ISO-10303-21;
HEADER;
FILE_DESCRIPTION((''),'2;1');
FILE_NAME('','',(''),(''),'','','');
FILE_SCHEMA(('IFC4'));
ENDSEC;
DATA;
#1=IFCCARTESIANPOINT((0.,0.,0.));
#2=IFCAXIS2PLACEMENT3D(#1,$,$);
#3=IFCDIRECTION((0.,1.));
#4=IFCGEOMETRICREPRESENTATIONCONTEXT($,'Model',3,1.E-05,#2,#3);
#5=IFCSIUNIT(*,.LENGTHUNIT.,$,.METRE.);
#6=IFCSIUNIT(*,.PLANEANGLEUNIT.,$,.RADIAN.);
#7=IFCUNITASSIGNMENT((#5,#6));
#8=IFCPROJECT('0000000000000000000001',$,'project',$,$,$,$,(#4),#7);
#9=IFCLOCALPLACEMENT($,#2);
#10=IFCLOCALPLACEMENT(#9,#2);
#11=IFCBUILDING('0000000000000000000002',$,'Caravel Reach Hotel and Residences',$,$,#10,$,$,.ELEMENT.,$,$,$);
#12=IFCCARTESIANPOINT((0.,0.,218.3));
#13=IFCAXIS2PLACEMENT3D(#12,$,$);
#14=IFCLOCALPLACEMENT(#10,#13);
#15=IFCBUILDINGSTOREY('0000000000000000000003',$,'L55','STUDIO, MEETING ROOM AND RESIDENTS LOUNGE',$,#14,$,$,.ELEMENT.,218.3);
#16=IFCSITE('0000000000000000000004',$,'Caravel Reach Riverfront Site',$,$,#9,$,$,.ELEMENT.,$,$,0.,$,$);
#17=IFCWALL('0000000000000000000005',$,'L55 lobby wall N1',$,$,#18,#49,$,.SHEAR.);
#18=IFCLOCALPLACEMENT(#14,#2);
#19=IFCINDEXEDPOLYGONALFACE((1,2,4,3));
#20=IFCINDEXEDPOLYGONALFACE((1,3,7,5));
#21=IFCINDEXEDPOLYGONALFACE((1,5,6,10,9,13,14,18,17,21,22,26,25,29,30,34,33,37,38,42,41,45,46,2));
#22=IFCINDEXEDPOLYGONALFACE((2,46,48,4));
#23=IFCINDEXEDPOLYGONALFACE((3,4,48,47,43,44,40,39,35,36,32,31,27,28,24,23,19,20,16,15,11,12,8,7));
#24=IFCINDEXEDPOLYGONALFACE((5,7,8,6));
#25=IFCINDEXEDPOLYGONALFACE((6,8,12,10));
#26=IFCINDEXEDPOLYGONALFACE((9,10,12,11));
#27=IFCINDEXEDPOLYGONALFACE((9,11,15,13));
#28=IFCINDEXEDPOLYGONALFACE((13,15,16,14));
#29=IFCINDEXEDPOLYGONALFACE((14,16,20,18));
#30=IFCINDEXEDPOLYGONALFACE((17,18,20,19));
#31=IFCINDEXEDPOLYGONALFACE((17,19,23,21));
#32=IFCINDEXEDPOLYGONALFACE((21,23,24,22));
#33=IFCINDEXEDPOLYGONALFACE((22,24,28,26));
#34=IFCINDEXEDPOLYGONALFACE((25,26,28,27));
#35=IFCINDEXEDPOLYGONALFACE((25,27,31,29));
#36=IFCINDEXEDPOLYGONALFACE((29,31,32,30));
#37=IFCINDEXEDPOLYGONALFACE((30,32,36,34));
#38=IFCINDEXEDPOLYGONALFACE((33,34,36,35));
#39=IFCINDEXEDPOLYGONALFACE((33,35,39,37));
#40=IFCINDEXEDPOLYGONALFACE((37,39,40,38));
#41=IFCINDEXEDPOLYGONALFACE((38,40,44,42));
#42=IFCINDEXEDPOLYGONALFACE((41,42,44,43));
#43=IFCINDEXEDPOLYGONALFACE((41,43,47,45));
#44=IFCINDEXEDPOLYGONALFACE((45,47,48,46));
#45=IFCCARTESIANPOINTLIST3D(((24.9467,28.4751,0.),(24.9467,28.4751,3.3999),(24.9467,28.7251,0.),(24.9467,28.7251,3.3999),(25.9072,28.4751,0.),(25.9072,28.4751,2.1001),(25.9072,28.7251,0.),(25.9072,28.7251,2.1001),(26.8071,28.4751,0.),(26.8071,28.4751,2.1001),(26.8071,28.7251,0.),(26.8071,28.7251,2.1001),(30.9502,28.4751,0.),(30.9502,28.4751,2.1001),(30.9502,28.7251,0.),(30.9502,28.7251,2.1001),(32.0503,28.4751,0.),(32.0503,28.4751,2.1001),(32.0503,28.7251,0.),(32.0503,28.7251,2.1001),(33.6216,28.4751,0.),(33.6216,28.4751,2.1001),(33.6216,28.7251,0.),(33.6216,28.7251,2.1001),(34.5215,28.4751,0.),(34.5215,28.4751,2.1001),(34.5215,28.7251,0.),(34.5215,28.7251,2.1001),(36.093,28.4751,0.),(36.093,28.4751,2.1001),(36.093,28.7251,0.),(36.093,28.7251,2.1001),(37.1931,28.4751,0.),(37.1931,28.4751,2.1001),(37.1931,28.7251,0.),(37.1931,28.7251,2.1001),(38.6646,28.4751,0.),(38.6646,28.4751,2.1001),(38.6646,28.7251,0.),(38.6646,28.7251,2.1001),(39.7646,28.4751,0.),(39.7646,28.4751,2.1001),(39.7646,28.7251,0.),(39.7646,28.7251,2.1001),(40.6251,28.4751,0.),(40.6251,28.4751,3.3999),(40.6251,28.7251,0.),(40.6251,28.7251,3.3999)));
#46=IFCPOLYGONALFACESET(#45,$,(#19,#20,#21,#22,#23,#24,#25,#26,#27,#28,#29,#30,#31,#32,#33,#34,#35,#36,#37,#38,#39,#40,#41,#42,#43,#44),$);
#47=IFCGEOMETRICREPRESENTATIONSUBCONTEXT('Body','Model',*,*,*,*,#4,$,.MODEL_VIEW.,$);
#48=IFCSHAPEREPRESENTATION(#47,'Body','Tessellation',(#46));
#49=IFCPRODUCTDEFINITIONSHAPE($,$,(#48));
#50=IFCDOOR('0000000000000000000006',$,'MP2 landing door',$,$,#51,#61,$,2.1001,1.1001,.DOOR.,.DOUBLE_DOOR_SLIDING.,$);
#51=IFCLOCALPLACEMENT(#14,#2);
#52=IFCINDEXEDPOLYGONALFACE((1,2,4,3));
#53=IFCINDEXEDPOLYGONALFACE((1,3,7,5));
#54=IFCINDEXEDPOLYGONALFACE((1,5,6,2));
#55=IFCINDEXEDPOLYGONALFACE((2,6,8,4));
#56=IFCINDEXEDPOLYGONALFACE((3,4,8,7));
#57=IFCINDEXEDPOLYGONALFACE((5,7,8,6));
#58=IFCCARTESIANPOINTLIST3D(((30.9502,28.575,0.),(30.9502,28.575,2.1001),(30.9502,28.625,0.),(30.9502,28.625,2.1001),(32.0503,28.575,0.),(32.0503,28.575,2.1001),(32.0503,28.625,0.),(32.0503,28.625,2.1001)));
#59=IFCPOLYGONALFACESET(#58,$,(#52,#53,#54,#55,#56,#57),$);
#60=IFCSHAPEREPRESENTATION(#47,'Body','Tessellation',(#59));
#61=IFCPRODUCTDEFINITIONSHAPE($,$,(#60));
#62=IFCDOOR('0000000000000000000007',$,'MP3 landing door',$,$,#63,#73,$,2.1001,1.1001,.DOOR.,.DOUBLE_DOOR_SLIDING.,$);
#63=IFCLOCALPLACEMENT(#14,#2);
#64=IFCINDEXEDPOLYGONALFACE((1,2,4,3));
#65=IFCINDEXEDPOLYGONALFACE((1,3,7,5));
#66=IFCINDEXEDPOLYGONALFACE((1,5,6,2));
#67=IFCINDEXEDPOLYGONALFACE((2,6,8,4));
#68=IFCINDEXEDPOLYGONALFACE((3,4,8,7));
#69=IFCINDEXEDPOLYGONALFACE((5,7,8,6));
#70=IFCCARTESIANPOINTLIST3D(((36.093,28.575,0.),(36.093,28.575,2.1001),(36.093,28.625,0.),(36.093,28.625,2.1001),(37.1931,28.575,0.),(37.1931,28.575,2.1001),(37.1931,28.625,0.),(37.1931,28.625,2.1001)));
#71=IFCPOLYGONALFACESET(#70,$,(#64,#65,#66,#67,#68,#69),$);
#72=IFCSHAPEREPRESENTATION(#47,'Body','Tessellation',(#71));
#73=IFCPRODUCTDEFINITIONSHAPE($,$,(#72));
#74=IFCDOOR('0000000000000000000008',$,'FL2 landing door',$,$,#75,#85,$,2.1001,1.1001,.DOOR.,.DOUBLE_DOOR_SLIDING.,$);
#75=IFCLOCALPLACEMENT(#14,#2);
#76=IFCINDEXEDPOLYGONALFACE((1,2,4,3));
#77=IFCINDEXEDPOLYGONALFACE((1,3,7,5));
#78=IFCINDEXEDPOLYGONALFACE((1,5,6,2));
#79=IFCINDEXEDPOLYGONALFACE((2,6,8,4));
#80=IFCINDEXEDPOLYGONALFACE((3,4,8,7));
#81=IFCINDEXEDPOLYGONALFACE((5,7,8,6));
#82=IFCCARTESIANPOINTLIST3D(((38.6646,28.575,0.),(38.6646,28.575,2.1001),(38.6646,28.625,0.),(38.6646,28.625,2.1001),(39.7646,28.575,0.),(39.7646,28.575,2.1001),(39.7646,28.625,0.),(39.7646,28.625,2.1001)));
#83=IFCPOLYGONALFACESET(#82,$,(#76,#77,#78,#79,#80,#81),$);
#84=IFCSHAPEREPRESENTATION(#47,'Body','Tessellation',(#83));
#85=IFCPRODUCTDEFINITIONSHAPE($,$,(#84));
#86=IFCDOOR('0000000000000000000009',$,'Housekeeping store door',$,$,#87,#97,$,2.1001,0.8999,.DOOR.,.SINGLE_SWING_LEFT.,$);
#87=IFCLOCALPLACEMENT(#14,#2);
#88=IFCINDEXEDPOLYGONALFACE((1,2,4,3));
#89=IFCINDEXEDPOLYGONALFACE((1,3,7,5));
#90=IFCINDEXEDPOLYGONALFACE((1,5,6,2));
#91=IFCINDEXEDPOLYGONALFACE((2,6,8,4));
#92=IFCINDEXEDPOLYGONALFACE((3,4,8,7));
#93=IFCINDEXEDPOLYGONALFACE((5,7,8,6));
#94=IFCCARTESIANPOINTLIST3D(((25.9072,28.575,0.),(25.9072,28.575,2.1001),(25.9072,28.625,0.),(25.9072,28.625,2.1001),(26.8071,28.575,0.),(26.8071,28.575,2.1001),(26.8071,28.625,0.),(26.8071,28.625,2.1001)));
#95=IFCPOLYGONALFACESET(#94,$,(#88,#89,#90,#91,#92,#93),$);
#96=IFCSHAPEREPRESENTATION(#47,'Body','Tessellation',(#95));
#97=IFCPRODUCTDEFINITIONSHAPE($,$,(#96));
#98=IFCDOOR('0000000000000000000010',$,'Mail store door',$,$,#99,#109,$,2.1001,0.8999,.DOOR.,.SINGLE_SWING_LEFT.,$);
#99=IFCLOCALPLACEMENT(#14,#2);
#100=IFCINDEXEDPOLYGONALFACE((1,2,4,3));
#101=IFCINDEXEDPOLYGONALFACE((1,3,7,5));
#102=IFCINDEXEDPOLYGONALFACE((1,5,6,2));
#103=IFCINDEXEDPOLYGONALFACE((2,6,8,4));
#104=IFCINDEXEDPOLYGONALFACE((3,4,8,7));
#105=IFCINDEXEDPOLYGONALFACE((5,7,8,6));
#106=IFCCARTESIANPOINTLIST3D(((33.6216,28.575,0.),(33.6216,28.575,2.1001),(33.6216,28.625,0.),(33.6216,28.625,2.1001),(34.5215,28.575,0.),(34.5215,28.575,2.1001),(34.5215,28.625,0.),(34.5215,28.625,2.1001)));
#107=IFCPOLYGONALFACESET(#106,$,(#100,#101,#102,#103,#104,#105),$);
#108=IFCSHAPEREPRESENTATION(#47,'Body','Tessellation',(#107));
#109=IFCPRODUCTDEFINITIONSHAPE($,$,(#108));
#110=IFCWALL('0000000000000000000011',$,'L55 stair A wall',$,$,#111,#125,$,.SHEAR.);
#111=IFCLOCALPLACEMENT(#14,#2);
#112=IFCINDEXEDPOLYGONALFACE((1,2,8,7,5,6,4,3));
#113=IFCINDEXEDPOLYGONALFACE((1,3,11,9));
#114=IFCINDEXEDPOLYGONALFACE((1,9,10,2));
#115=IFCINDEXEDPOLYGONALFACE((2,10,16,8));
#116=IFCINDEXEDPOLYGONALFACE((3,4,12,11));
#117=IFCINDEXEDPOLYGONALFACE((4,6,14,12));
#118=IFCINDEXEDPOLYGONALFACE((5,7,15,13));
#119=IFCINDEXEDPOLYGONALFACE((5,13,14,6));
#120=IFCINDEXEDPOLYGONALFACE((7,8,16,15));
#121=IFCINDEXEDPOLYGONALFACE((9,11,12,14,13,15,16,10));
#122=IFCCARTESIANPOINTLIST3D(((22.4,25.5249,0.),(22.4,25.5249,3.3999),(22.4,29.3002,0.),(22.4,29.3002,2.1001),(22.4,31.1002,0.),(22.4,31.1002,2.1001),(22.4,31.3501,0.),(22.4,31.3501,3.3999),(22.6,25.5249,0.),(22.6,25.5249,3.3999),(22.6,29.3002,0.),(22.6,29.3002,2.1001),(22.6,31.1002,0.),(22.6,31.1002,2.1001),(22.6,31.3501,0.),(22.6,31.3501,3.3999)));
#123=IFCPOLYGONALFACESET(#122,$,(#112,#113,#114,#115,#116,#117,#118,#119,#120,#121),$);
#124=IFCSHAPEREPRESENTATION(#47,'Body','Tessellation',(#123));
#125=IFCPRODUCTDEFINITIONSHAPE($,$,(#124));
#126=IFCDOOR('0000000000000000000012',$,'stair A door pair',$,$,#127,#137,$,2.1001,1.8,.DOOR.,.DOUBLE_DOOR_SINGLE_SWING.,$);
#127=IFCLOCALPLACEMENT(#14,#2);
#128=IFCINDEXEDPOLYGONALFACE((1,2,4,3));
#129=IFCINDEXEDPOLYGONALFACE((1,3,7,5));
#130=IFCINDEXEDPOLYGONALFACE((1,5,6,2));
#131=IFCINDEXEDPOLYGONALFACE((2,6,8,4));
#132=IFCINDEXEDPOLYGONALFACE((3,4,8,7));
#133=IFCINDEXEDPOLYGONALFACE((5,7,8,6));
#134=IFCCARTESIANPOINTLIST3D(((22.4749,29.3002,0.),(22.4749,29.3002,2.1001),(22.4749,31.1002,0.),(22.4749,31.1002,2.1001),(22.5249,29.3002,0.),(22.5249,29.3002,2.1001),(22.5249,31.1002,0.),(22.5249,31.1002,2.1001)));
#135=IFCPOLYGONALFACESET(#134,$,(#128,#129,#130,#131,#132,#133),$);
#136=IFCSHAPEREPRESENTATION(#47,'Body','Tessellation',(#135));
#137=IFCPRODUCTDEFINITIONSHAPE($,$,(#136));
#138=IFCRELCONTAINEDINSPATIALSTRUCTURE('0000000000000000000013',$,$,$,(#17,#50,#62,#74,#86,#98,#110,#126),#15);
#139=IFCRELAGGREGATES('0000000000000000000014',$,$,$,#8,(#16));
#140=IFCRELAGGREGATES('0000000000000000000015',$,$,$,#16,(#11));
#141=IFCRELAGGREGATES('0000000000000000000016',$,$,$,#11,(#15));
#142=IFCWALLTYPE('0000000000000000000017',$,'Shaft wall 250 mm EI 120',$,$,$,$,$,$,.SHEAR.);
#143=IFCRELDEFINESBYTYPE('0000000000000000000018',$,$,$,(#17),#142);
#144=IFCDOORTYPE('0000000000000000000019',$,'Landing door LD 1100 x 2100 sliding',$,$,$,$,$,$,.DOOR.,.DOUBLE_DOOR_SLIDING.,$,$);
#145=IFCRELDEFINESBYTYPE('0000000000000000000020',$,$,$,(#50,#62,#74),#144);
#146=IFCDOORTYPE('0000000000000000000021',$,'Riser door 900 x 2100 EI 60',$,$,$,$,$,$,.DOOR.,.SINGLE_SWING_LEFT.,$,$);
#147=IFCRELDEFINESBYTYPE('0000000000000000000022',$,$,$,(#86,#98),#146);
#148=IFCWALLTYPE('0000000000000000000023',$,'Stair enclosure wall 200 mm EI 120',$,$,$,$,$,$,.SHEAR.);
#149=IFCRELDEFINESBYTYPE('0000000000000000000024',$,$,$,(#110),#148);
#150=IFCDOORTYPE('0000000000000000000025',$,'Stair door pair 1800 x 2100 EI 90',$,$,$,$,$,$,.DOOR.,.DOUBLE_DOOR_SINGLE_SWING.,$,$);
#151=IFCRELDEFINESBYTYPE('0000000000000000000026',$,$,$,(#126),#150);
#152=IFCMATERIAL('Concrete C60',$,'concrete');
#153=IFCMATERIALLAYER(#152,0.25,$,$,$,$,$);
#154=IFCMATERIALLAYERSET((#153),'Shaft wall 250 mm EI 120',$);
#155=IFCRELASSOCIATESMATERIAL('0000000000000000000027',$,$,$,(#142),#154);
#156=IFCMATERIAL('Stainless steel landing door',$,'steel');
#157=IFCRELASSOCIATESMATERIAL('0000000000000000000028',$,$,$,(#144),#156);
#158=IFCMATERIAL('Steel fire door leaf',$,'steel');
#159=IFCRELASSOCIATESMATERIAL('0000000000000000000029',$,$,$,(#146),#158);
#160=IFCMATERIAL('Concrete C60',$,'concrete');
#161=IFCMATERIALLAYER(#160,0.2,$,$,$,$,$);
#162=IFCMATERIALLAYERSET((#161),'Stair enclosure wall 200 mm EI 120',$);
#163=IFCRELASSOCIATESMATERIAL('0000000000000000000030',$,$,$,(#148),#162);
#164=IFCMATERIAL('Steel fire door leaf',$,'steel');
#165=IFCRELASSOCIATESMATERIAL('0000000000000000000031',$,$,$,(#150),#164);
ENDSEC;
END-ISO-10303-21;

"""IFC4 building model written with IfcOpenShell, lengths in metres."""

from ifc_helpers import new_model, si_unit, direction, frame, frame_2d, origin, place, context, subcontext, project, spatial, rectangle, extrude, material, layer, layer_set, type_object, element, fill, save


model = new_model("IFC4")

# Units and contexts
model_context = context("Model", 3, precision=1e-05, world=origin(), true_north=direction((0.0, 1.0)))
body_context = subcontext(model_context, "Body", "Model", "MODEL_VIEW")
ifc_project = project(units=[si_unit("LENGTHUNIT", "METRE"), si_unit("PLANEANGLEUNIT", "RADIAN")], contexts=[model_context])

# Site, building, storey
site_placement = place(None, origin())
site = spatial("IfcSite", under=ifc_project, at=site_placement, Name="Caravel Reach Riverfront Site", CompositionType="ELEMENT", RefElevation=0.0)
building_placement = place(site_placement, origin())
building = spatial("IfcBuilding", under=site, at=building_placement, Name="Caravel Reach Hotel and Residences", CompositionType="ELEMENT")
storey_placement = place(building_placement, frame((0.0, 0.0, 218.3)))
storey = spatial("IfcBuildingStorey", under=building, at=storey_placement, Name="L55", Description="STUDIO, MEETING ROOM AND RESIDENTS LOUNGE", CompositionType="ELEMENT", Elevation=218.3)

# Wall, openings, doors
ifc_material_1 = material(Name="Concrete C60", Category="concrete")
ifc_layer_1 = layer(ifc_material_1, 0.25)
ifc_layer_set_1 = layer_set([ifc_layer_1], Name="Shaft wall 250 mm EI 120")
wall_type_1 = type_object("IfcWallType", Name="Shaft wall 250 mm EI 120", PredefinedType="SHEAR", material=ifc_layer_set_1)
wall_1_placement = place(storey_placement, frame((24.9465, 28.6001, 0.0), z_axis=(0.0, 0.0, 1.0), x_axis=(1.0, 0.0, 0.0)))
wall_1 = element("IfcWall", 1, at=wall_1_placement, inside=storey, type_object=wall_type_1, Name="L55 lobby wall N1", PredefinedType="SHEAR", context=body_context, shape_type="SweptSolid", body=[
    extrude(rectangle(XDim=15.6785, YDim=0.25, at=frame_2d((7.8394, 0.0))), origin(), (0.0, 0.0, 1.0), 3.3999),
])
opening_1_placement = place(wall_1_placement, frame((6.0037, 0.0, 0.0)))
opening_1 = element("IfcOpeningElement", 2, at=opening_1_placement, cuts=wall_1, PredefinedType="OPENING", context=body_context, shape_type="SweptSolid", body=[
    extrude(rectangle(XDim=1.1001, YDim=2.1001, at=frame_2d((0.55, 1.05))), frame((0.0, 0.135, 0.0), z_axis=(0.0, -1.0, 0.0), x_axis=(1.0, 0.0, 0.0)), (0.0, 0.0, 1.0), 0.27),
])
opening_2_placement = place(wall_1_placement, frame((11.1465, 0.0, 0.0)))
opening_2 = element("IfcOpeningElement", 3, at=opening_2_placement, cuts=wall_1, PredefinedType="OPENING", context=body_context, shape_type="SweptSolid", body=[
    extrude(rectangle(XDim=1.1001, YDim=2.1001, at=frame_2d((0.55, 1.05))), frame((0.0, 0.135, 0.0), z_axis=(0.0, -1.0, 0.0), x_axis=(1.0, 0.0, 0.0)), (0.0, 0.0, 1.0), 0.27),
])
opening_3_placement = place(wall_1_placement, frame((13.718, 0.0, 0.0)))
opening_3 = element("IfcOpeningElement", 4, at=opening_3_placement, cuts=wall_1, PredefinedType="OPENING", context=body_context, shape_type="SweptSolid", body=[
    extrude(rectangle(XDim=1.1001, YDim=2.1001, at=frame_2d((0.55, 1.05))), frame((0.0, 0.135, 0.0), z_axis=(0.0, -1.0, 0.0), x_axis=(1.0, 0.0, 0.0)), (0.0, 0.0, 1.0), 0.27),
])
opening_4_placement = place(wall_1_placement, frame((0.9607, 0.0, 0.0)))
opening_4 = element("IfcOpeningElement", 5, at=opening_4_placement, cuts=wall_1, PredefinedType="OPENING", context=body_context, shape_type="SweptSolid", body=[
    extrude(rectangle(XDim=0.8999, YDim=2.1001, at=frame_2d((0.45, 1.05))), frame((0.0, 0.135, 0.0), z_axis=(0.0, -1.0, 0.0), x_axis=(1.0, 0.0, 0.0)), (0.0, 0.0, 1.0), 0.27),
])
opening_5_placement = place(wall_1_placement, frame((8.675, 0.0, 0.0)))
opening_5 = element("IfcOpeningElement", 6, at=opening_5_placement, cuts=wall_1, PredefinedType="OPENING", context=body_context, shape_type="SweptSolid", body=[
    extrude(rectangle(XDim=0.8999, YDim=2.1001, at=frame_2d((0.45, 1.05))), frame((0.0, 0.135, 0.0), z_axis=(0.0, -1.0, 0.0), x_axis=(1.0, 0.0, 0.0)), (0.0, 0.0, 1.0), 0.27),
])
ifc_material_2 = material(Name="Stainless steel landing door", Category="steel")
door_type_1 = type_object("IfcDoorType", Name="Landing door LD 1100 x 2100 sliding", OperationType="DOUBLE_DOOR_SLIDING", PredefinedType="DOOR", material=ifc_material_2)
door_1_placement = place(opening_1_placement, origin())
door_1 = element("IfcDoor", 7, at=door_1_placement, inside=storey, type_object=door_type_1, Name="MP2 landing door", OperationType="DOUBLE_DOOR_SLIDING", OverallHeight=2.1001, OverallWidth=1.1001, PredefinedType="DOOR", context=body_context, shape_type="SweptSolid", body=[
    extrude(rectangle(XDim=1.1001, YDim=2.1001, at=frame_2d((0.55, 1.05))), frame((0.0, 0.0249, 0.0), z_axis=(0.0, -1.0, 0.0), x_axis=(1.0, 0.0, 0.0)), (0.0, 0.0, 1.0), 0.05),
])
fill(opening_1, door_1)
door_2_placement = place(opening_2_placement, origin())
door_2 = element("IfcDoor", 8, at=door_2_placement, inside=storey, type_object=door_type_1, Name="MP3 landing door", OperationType="DOUBLE_DOOR_SLIDING", OverallHeight=2.1001, OverallWidth=1.1001, PredefinedType="DOOR", context=body_context, shape_type="SweptSolid", body=[
    extrude(rectangle(XDim=1.1001, YDim=2.1001, at=frame_2d((0.55, 1.05))), frame((0.0, 0.0249, 0.0), z_axis=(0.0, -1.0, 0.0), x_axis=(1.0, 0.0, 0.0)), (0.0, 0.0, 1.0), 0.05),
])
fill(opening_2, door_2)
door_3_placement = place(opening_3_placement, origin())
door_3 = element("IfcDoor", 9, at=door_3_placement, inside=storey, type_object=door_type_1, Name="FL2 landing door", OperationType="DOUBLE_DOOR_SLIDING", OverallHeight=2.1001, OverallWidth=1.1001, PredefinedType="DOOR", context=body_context, shape_type="SweptSolid", body=[
    extrude(rectangle(XDim=1.1001, YDim=2.1001, at=frame_2d((0.55, 1.05))), frame((0.0, 0.0249, 0.0), z_axis=(0.0, -1.0, 0.0), x_axis=(1.0, 0.0, 0.0)), (0.0, 0.0, 1.0), 0.05),
])
fill(opening_3, door_3)
ifc_material_3 = material(Name="Steel fire door leaf", Category="steel")
door_type_2 = type_object("IfcDoorType", Name="Riser door 900 x 2100 EI 60", OperationType="SINGLE_SWING_LEFT", PredefinedType="DOOR", material=ifc_material_3)
door_4_placement = place(opening_4_placement, origin())
door_4 = element("IfcDoor", 10, at=door_4_placement, inside=storey, type_object=door_type_2, Name="Housekeeping store door", OperationType="SINGLE_SWING_LEFT", OverallHeight=2.1001, OverallWidth=0.8999, PredefinedType="DOOR", context=body_context, shape_type="SweptSolid", body=[
    extrude(rectangle(XDim=0.8999, YDim=2.1001, at=frame_2d((0.45, 1.05))), frame((0.0, 0.0249, 0.0), z_axis=(0.0, -1.0, 0.0), x_axis=(1.0, 0.0, 0.0)), (0.0, 0.0, 1.0), 0.05),
])
fill(opening_4, door_4)
door_5_placement = place(opening_5_placement, origin())
door_5 = element("IfcDoor", 11, at=door_5_placement, inside=storey, type_object=door_type_2, Name="Mail store door", OperationType="SINGLE_SWING_LEFT", OverallHeight=2.1001, OverallWidth=0.8999, PredefinedType="DOOR", context=body_context, shape_type="SweptSolid", body=[
    extrude(rectangle(XDim=0.8999, YDim=2.1001, at=frame_2d((0.45, 1.05))), frame((0.0, 0.0249, 0.0), z_axis=(0.0, -1.0, 0.0), x_axis=(1.0, 0.0, 0.0)), (0.0, 0.0, 1.0), 0.05),
])
fill(opening_5, door_5)

# Wall, opening, door
ifc_material_4 = material(Name="Concrete C60", Category="concrete")
ifc_layer_2 = layer(ifc_material_4, 0.2)
ifc_layer_set_2 = layer_set([ifc_layer_2], Name="Stair enclosure wall 200 mm EI 120")
wall_type_2 = type_object("IfcWallType", Name="Stair enclosure wall 200 mm EI 120", PredefinedType="SHEAR", material=ifc_layer_set_2)
wall_2_placement = place(storey_placement, frame((22.5, 31.3501, 0.0), z_axis=(0.0, 0.0, 1.0), x_axis=(0.0, -1.0, 0.0)))
wall_2 = element("IfcWall", 12, at=wall_2_placement, inside=storey, type_object=wall_type_2, Name="L55 stair A wall", PredefinedType="SHEAR", context=body_context, shape_type="SweptSolid", body=[
    extrude(rectangle(XDim=5.8252, YDim=0.2, at=frame_2d((2.9126, 0.0))), origin(), (0.0, 0.0, 1.0), 3.3999),
])
opening_6_placement = place(wall_2_placement, frame((0.25, 0.0, 0.0)))
opening_6 = element("IfcOpeningElement", 13, at=opening_6_placement, cuts=wall_2, PredefinedType="OPENING", context=body_context, shape_type="SweptSolid", body=[
    extrude(rectangle(XDim=1.8, YDim=2.1001, at=frame_2d((0.8999, 1.05))), frame((0.0, 0.1099, 0.0), z_axis=(0.0, -1.0, 0.0), x_axis=(1.0, 0.0, 0.0)), (0.0, 0.0, 1.0), 0.22),
])
ifc_material_5 = material(Name="Steel fire door leaf", Category="steel")
door_type_3 = type_object("IfcDoorType", Name="Stair door pair 1800 x 2100 EI 90", OperationType="DOUBLE_DOOR_SINGLE_SWING", PredefinedType="DOOR", material=ifc_material_5)
door_6_placement = place(opening_6_placement, origin())
door_6 = element("IfcDoor", 14, at=door_6_placement, inside=storey, type_object=door_type_3, Name="stair A door pair", OperationType="DOUBLE_DOOR_SINGLE_SWING", OverallHeight=2.1001, OverallWidth=1.8, PredefinedType="DOOR", context=body_context, shape_type="SweptSolid", body=[
    extrude(rectangle(XDim=1.8, YDim=2.1001, at=frame_2d((0.8999, 1.05))), frame((0.0, 0.0249, 0.0), z_axis=(0.0, -1.0, 0.0), x_axis=(1.0, 0.0, 0.0)), (0.0, 0.0, 1.0), 0.05),
])
fill(opening_6, door_6)

save(model, "model.ifc")
